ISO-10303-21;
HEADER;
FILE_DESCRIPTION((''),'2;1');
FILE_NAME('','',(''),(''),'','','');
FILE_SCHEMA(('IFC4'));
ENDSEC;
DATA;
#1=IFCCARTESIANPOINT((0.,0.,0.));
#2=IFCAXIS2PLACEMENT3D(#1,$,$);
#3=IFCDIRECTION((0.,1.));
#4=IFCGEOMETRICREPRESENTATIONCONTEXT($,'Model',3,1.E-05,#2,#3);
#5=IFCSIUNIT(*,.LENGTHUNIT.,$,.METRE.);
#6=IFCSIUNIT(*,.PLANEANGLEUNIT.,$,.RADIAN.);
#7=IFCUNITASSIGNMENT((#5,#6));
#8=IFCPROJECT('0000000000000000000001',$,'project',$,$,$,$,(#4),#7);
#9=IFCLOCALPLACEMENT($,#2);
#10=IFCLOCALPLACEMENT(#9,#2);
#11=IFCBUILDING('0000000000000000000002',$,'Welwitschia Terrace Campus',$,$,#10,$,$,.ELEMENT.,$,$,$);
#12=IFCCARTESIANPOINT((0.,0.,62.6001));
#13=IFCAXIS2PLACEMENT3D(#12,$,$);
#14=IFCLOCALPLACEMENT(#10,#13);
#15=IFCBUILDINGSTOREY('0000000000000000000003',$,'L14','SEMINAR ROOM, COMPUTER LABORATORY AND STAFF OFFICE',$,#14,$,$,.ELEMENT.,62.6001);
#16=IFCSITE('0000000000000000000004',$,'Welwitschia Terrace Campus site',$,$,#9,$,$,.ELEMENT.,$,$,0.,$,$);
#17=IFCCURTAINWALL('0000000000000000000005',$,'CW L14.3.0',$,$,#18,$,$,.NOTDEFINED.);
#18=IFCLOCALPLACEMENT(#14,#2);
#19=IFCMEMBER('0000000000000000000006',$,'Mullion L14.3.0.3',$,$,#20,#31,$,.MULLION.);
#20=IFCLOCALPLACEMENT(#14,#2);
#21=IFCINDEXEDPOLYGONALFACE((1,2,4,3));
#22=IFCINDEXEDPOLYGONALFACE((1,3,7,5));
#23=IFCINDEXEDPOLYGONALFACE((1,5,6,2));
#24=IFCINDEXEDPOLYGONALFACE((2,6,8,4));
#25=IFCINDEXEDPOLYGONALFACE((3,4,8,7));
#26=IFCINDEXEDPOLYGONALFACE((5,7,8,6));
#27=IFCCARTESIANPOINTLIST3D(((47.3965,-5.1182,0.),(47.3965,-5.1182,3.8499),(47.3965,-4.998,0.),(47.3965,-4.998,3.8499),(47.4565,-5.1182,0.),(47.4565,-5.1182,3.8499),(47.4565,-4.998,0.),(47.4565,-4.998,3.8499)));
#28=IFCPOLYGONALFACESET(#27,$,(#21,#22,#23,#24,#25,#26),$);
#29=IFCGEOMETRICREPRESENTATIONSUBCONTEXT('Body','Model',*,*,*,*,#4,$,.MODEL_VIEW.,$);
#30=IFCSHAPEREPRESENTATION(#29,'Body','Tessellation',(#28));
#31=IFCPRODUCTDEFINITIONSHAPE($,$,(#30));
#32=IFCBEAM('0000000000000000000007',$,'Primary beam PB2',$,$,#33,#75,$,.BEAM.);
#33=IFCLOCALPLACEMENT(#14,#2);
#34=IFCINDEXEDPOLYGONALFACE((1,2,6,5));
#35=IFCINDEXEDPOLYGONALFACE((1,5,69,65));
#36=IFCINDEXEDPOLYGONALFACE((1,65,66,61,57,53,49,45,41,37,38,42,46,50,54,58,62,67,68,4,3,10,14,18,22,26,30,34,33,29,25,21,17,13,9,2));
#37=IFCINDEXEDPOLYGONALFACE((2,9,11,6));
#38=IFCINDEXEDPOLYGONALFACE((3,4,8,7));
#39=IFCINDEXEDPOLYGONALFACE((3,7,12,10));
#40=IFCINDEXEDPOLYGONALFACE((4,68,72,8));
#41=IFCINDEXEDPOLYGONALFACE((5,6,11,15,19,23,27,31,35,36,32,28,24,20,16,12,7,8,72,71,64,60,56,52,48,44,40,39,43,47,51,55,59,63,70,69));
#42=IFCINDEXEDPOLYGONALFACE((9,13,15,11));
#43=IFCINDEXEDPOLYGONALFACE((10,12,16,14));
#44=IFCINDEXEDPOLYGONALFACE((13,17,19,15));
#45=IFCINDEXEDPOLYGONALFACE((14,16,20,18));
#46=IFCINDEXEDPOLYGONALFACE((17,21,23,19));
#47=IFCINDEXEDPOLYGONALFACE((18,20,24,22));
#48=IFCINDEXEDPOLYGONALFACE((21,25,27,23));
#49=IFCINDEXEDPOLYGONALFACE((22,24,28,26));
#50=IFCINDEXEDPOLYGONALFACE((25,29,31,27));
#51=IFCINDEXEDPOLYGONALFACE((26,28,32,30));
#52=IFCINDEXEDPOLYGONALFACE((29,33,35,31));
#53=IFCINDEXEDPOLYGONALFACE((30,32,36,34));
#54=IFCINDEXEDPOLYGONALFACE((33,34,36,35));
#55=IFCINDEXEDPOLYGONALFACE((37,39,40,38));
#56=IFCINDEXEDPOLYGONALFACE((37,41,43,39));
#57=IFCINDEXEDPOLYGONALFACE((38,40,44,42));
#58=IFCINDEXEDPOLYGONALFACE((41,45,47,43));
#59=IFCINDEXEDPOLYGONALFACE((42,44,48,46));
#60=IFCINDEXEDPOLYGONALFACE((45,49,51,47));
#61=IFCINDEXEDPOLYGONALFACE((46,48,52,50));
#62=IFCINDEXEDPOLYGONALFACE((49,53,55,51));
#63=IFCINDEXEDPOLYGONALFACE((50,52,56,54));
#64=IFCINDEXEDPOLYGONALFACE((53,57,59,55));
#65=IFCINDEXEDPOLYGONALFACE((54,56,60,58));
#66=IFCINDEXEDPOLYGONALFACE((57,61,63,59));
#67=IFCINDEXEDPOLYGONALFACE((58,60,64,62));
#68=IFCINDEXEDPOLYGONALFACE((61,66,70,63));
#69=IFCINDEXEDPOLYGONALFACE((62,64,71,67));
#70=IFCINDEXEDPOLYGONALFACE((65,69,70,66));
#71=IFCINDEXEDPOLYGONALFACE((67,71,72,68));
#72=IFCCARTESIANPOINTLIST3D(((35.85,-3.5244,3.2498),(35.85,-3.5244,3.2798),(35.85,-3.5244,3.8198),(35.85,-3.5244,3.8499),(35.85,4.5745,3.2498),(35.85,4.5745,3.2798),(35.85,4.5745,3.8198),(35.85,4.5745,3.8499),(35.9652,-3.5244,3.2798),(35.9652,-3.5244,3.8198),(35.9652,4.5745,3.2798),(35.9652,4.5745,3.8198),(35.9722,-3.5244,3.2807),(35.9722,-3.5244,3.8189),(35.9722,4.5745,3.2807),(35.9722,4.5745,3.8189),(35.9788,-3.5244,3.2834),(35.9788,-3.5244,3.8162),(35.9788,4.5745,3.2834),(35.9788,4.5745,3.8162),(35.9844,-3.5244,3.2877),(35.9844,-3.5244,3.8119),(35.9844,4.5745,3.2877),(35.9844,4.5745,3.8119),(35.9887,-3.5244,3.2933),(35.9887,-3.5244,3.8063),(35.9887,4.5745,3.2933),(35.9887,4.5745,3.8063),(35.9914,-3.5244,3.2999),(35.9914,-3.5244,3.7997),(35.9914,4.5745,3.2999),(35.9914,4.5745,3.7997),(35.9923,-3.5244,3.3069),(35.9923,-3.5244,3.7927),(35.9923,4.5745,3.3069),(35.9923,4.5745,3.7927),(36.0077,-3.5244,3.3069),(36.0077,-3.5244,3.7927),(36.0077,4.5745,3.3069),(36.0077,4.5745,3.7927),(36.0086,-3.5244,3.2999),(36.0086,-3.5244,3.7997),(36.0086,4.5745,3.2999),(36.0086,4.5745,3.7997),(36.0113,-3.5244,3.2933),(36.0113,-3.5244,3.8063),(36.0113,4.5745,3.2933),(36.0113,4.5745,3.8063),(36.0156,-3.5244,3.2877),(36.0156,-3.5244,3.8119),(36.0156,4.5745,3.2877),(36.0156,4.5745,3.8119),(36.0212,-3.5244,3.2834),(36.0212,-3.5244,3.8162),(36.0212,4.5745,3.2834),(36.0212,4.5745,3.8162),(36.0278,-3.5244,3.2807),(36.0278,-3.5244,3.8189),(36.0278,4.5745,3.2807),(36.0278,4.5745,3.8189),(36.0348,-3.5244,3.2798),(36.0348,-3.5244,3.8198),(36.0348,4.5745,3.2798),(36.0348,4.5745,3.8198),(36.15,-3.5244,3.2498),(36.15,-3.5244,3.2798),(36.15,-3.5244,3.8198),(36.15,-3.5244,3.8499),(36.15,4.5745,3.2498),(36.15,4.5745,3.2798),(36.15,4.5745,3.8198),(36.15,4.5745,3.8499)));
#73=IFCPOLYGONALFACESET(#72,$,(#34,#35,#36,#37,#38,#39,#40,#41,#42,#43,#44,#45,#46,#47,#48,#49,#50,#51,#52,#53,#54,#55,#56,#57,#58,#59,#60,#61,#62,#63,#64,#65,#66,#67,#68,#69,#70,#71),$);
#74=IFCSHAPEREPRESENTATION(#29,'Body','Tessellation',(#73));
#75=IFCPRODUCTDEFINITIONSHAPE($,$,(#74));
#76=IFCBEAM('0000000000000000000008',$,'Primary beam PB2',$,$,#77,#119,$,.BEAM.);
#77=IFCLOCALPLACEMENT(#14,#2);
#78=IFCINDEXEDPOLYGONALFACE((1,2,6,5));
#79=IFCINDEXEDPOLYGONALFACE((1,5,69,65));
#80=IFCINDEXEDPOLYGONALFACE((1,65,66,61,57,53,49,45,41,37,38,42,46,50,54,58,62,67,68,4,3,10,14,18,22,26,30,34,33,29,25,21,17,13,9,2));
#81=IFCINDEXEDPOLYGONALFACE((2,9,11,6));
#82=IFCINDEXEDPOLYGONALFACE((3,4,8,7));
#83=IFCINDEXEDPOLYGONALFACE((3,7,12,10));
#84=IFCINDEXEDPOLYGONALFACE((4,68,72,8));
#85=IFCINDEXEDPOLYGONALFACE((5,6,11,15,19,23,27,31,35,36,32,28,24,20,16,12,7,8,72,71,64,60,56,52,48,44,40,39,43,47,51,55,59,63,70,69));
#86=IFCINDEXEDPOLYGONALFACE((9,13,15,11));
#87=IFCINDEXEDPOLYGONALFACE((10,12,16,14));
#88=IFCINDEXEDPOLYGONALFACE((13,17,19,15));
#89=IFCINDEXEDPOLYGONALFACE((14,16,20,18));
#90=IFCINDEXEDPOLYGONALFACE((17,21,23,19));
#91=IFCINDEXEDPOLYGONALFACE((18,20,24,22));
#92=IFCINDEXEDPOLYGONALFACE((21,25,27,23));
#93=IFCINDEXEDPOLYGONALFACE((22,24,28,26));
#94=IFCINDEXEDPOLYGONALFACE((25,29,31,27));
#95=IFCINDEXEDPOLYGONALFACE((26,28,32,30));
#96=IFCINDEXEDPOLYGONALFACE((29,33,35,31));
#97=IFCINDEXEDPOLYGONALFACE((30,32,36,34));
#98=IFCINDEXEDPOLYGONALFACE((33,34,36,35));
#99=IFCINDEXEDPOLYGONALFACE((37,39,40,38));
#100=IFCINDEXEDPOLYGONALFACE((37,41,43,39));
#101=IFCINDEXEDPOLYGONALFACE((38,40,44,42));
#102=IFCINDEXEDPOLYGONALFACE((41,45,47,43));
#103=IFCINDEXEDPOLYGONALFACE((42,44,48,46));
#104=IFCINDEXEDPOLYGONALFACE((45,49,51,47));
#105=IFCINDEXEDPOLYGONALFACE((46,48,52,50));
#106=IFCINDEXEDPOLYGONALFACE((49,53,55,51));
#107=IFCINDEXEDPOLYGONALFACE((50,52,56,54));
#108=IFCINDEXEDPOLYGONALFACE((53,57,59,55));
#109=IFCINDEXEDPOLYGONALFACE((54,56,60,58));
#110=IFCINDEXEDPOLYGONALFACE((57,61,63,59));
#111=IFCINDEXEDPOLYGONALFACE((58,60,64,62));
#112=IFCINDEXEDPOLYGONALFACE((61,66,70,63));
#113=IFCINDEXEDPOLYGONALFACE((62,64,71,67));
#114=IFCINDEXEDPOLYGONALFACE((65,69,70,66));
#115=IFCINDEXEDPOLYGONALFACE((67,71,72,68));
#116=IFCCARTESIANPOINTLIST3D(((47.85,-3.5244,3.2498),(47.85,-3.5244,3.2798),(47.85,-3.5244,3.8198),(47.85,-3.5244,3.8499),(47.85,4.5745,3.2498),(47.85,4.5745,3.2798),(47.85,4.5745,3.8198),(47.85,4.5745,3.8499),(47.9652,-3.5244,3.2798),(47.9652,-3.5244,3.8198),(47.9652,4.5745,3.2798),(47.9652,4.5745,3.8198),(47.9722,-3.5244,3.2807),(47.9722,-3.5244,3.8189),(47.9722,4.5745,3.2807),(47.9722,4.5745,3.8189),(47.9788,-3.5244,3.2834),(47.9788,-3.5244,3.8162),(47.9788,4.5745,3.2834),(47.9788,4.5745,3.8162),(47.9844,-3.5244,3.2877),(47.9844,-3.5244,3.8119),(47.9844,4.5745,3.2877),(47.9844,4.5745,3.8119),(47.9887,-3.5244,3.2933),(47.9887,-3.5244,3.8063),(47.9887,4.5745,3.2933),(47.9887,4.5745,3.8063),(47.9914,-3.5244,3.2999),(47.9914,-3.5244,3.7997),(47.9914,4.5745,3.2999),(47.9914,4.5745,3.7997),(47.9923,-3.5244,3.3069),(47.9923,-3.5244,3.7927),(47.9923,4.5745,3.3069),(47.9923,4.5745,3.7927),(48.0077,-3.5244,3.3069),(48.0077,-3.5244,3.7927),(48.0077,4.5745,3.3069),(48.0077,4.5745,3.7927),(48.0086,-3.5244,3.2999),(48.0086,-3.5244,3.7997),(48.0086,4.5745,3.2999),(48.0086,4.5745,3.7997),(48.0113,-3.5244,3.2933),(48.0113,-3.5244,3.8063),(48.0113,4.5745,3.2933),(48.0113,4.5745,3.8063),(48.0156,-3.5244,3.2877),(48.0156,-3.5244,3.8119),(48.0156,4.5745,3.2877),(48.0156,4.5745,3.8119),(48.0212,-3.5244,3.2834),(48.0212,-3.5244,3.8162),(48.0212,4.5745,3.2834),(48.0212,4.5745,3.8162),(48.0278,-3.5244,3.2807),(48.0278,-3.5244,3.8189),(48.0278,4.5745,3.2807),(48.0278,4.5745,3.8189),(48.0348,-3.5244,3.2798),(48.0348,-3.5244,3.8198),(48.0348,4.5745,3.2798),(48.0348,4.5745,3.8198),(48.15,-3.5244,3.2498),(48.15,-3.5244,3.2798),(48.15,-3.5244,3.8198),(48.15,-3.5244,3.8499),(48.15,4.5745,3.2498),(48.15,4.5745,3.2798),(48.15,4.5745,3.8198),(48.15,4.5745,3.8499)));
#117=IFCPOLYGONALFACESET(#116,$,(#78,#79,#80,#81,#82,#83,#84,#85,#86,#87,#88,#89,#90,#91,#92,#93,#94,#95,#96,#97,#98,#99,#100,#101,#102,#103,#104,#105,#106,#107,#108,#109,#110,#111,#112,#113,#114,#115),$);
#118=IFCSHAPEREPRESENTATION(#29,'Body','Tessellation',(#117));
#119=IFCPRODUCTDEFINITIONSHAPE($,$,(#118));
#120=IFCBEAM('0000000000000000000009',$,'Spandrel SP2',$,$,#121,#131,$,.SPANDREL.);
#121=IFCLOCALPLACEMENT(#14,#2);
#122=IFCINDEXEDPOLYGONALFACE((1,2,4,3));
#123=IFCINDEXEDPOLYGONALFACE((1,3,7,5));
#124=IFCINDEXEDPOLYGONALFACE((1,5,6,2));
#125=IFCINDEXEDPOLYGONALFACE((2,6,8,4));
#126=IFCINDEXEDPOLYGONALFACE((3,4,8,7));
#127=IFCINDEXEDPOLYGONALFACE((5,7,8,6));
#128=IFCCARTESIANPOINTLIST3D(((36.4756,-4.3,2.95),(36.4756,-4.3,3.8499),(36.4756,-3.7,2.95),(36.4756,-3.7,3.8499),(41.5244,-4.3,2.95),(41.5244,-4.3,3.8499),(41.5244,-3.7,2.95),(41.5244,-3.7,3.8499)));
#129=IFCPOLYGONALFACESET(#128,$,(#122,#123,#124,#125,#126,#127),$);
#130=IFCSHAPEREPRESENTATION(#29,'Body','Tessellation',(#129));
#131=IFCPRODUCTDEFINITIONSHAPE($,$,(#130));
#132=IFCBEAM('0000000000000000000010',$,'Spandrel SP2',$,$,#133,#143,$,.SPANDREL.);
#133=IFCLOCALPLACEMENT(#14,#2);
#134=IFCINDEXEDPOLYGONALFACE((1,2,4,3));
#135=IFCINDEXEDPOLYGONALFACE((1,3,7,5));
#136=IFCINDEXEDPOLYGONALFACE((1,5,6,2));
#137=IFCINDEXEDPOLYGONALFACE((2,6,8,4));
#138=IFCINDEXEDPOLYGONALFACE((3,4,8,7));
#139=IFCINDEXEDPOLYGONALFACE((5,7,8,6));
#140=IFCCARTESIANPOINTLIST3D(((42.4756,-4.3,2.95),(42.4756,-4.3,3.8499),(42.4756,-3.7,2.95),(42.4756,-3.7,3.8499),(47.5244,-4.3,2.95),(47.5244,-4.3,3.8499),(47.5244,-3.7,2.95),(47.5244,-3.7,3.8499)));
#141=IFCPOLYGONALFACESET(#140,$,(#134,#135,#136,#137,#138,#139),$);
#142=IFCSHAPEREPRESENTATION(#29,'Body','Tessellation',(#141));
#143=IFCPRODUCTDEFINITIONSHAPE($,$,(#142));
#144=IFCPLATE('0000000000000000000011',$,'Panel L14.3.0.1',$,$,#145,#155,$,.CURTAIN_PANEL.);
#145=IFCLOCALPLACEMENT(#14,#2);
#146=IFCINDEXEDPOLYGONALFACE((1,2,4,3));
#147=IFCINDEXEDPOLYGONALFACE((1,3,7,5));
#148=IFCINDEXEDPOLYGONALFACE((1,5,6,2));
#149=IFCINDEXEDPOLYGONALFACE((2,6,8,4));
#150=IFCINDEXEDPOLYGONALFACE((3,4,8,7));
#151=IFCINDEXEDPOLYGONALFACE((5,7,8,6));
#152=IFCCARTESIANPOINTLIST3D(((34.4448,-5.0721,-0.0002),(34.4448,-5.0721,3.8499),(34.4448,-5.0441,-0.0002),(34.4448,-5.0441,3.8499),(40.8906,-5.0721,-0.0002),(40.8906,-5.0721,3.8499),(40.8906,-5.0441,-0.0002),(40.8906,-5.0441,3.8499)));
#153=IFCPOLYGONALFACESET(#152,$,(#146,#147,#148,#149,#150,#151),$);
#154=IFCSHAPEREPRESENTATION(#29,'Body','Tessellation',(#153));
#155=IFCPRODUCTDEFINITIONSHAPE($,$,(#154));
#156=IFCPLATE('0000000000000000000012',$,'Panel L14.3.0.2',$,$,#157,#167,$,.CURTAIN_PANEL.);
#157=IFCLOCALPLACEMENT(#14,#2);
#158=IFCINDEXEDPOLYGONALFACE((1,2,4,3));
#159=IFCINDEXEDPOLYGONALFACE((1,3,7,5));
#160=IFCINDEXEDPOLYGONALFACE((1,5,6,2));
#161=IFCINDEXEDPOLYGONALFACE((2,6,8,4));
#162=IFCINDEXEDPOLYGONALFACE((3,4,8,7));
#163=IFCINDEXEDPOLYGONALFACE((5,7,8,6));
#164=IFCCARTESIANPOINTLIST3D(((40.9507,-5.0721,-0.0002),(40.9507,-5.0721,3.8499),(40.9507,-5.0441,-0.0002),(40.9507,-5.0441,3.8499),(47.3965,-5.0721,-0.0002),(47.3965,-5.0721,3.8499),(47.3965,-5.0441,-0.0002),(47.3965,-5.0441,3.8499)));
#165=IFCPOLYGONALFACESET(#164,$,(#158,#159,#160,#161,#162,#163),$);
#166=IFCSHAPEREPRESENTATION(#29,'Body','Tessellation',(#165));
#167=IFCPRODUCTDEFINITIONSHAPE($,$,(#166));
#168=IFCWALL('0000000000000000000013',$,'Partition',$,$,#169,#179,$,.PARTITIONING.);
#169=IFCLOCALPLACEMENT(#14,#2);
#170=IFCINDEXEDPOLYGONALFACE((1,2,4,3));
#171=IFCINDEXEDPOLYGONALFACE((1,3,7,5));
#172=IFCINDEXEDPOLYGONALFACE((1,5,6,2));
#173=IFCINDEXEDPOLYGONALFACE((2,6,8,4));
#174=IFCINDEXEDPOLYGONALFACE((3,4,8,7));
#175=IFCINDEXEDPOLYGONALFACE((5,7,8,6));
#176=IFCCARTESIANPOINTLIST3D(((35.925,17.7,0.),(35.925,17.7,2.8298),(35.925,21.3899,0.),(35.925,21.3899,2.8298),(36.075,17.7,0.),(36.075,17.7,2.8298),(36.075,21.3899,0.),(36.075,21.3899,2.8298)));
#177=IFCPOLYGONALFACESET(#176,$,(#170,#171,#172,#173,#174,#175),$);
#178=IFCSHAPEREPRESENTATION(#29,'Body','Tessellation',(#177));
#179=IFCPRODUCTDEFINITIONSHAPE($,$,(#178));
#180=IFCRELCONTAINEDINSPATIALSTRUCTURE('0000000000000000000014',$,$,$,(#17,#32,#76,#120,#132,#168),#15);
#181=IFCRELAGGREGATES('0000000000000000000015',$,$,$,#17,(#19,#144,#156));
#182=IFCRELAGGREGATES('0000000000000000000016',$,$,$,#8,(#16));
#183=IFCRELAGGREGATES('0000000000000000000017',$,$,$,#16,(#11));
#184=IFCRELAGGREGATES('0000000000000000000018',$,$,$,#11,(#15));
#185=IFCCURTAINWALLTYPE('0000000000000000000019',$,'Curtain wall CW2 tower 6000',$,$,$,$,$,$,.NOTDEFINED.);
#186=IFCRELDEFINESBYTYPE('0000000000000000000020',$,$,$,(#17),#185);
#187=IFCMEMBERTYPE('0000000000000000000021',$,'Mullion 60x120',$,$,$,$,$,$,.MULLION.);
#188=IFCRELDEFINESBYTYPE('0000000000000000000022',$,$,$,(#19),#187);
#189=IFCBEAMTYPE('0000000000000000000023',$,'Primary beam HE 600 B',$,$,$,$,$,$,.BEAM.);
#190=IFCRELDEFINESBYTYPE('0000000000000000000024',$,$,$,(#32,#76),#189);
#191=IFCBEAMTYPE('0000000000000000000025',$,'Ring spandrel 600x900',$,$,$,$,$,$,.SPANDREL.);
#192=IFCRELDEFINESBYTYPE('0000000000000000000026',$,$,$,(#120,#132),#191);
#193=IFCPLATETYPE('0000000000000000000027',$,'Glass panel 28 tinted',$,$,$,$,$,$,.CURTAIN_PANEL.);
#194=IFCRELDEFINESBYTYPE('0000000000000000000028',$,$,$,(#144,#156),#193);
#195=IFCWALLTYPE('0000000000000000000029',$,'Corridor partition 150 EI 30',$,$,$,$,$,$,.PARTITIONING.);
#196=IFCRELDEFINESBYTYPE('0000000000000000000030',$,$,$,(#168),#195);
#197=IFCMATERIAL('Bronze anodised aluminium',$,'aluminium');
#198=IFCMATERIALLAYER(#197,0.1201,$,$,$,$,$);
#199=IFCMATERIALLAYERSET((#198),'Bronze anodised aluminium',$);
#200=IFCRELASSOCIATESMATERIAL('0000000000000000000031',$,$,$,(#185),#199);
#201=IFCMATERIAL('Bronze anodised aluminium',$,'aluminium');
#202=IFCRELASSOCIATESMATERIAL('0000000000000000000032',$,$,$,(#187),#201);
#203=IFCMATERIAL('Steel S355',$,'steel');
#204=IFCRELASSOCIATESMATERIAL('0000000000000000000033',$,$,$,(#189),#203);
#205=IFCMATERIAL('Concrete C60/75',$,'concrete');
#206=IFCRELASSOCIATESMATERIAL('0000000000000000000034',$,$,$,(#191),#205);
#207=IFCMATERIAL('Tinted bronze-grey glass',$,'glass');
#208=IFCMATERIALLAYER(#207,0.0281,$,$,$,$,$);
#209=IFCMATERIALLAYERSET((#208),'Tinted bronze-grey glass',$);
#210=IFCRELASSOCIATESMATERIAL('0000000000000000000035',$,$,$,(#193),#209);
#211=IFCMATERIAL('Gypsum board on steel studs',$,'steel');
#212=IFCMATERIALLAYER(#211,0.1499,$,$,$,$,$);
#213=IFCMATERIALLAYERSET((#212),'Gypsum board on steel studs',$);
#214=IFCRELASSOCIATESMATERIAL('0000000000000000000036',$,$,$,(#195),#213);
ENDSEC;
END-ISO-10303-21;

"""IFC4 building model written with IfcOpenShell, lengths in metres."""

from ifc_helpers import new_model, si_unit, direction, frame, frame_2d, origin, origin_2d, place, context, subcontext, project, spatial, rectangle, i_section, extrude, material, layer, layer_set, material_profile, profile_set, type_object, element, aggregate, save


model = new_model("IFC4")

# Units and contexts
model_context = context("Model", 3, precision=1e-05, world=origin(), true_north=direction((0.0, 1.0)))
body_context = subcontext(model_context, "Body", "Model", "MODEL_VIEW")
ifc_project = project(units=[si_unit("LENGTHUNIT", "METRE"), si_unit("PLANEANGLEUNIT", "RADIAN")], contexts=[model_context])

# Site, building, storey
site_placement = place(None, origin())
site = spatial("IfcSite", under=ifc_project, at=site_placement, Name="Welwitschia Terrace Campus site", CompositionType="ELEMENT", RefElevation=0.0)
building_placement = place(site_placement, origin())
building = spatial("IfcBuilding", under=site, at=building_placement, Name="Welwitschia Terrace Campus", CompositionType="ELEMENT")
storey_placement = place(building_placement, frame((0.0, 0.0, 62.6001)))
storey = spatial("IfcBuildingStorey", under=building, at=storey_placement, Name="L14", Description="SEMINAR ROOM, COMPUTER LABORATORY AND STAFF OFFICE", CompositionType="ELEMENT", Elevation=62.6001)

# Curtain wall, member
ifc_material_1 = material(Name="Bronze anodised aluminium", Category="aluminium")
ifc_layer_1 = layer(ifc_material_1, 0.1201)
ifc_layer_set_1 = layer_set([ifc_layer_1], Name="Bronze anodised aluminium")
curtain_wall_type = type_object("IfcCurtainWallType", Name="Curtain wall CW2 tower 6000", PredefinedType="NOTDEFINED", material=ifc_layer_set_1)
curtain_wall_placement = place(storey_placement, origin())
curtain_wall = element("IfcCurtainWall", 1, at=curtain_wall_placement, inside=storey, type_object=curtain_wall_type, Name="CW L14.3.0", PredefinedType="NOTDEFINED")
ifc_material_2 = material(Name="Bronze anodised aluminium", Category="aluminium")
ifc_material_profile_1 = material_profile(ifc_material_2, rectangle(XDim=0.1201, YDim=0.0601, at=origin_2d()))
ifc_profile_set_1 = profile_set([ifc_material_profile_1], Name="Bronze anodised aluminium")
member_type = type_object("IfcMemberType", Name="Mullion 60x120", PredefinedType="MULLION", material=ifc_profile_set_1)
member_1_placement = place(storey_placement, frame((47.4265, -5.0581, 0.0), z_axis=(0.0, 0.0, 1.0), x_axis=(0.0, 1.0, 0.0)))
member_1 = element("IfcMember", 2, at=member_1_placement, type_object=member_type, Name="Mullion L14.3.0.3", PredefinedType="MULLION", context=body_context, shape_type="SweptSolid", body=[
    extrude(rectangle(XDim=0.1201, YDim=0.0601, at=origin_2d()), origin(), (0.0, 0.0, 1.0), 3.8499),
])

# Beams
ifc_material_3 = material(Name="Steel S355", Category="steel")
ifc_material_profile_2 = material_profile(ifc_material_3, i_section(OverallWidth=0.3, OverallDepth=0.6001, WebThickness=0.0154, FlangeThickness=0.03, FilletRadius=0.0271, at=origin_2d()))
ifc_profile_set_2 = profile_set([ifc_material_profile_2], Name="Steel S355")
beam_type_1 = type_object("IfcBeamType", Name="Primary beam HE 600 B", PredefinedType="BEAM", material=ifc_profile_set_2)
for number, where, z_axis, x_axis, name in (
    (3, (36.0, -3.5244, 3.5498), (0.0, 1.0, 0.0), (-1.0, 0.0, 0.0), "Primary beam PB2"),
    (4, (48.0, -3.5244, 3.5498), (0.0, 1.0, 0.0), (-1.0, 0.0, 0.0), "Primary beam PB2"),
):
    element("IfcBeam", number, at=place(storey_placement, frame(where, z_axis=z_axis, x_axis=x_axis)), inside=storey, type_object=beam_type_1, Name=name, PredefinedType="BEAM", context=body_context, shape_type="SweptSolid", body=[
        extrude(i_section(OverallWidth=0.3, OverallDepth=0.6001, WebThickness=0.0154, FlangeThickness=0.03, FilletRadius=0.0271, at=origin_2d()), origin(), (0.0, 0.0, 1.0), 8.0989),
    ])
ifc_material_4 = material(Name="Concrete C60/75", Category="concrete")
ifc_material_profile_3 = material_profile(ifc_material_4, rectangle(XDim=0.6001, YDim=0.8999, at=origin_2d()))
ifc_profile_set_3 = profile_set([ifc_material_profile_3], Name="Concrete C60/75")
beam_type_2 = type_object("IfcBeamType", Name="Ring spandrel 600x900", PredefinedType="SPANDREL", material=ifc_profile_set_3)
for number, where, z_axis, x_axis, name in (
    (5, (36.4756, -4.0, 3.3999), (1.0, 0.0, 0.0), (0.0, 1.0, 0.0), "Spandrel SP2"),
    (6, (42.4756, -4.0, 3.3999), (1.0, 0.0, 0.0), (0.0, 1.0, 0.0), "Spandrel SP2"),
):
    element("IfcBeam", number, at=place(storey_placement, frame(where, z_axis=z_axis, x_axis=x_axis)), inside=storey, type_object=beam_type_2, Name=name, PredefinedType="SPANDREL", context=body_context, shape_type="SweptSolid", body=[
        extrude(rectangle(XDim=0.6001, YDim=0.8999, at=origin_2d()), origin(), (0.0, 0.0, 1.0), 5.0488),
    ])

# Plates
ifc_material_5 = material(Name="Tinted bronze-grey glass", Category="glass")
ifc_layer_2 = layer(ifc_material_5, 0.0281)
ifc_layer_set_2 = layer_set([ifc_layer_2], Name="Tinted bronze-grey glass")
plate_type = type_object("IfcPlateType", Name="Glass panel 28 tinted", PredefinedType="CURTAIN_PANEL", material=ifc_layer_set_2)
plate_1_placement = place(storey_placement, frame((37.6677, -5.0581, -0.0002), z_axis=(0.0, 0.0, 1.0), x_axis=(1.0, 0.0, 0.0)))
plate_1 = element("IfcPlate", 7, at=plate_1_placement, type_object=plate_type, Name="Panel L14.3.0.1", PredefinedType="CURTAIN_PANEL", context=body_context, shape_type="SweptSolid", body=[
    extrude(rectangle(XDim=6.4458, YDim=0.0281, at=origin_2d()), origin(), (0.0, 0.0, 1.0), 3.8501),
])
plate_2_placement = place(storey_placement, frame((44.1736, -5.0581, -0.0002), z_axis=(0.0, 0.0, 1.0), x_axis=(1.0, 0.0, 0.0)))
plate_2 = element("IfcPlate", 8, at=plate_2_placement, type_object=plate_type, Name="Panel L14.3.0.2", PredefinedType="CURTAIN_PANEL", context=body_context, shape_type="SweptSolid", body=[
    extrude(rectangle(XDim=6.4458, YDim=0.0281, at=origin_2d()), origin(), (0.0, 0.0, 1.0), 3.8501),
])
aggregate(curtain_wall, [member_1, plate_1, plate_2])

# Wall
ifc_material_6 = material(Name="Gypsum board on steel studs", Category="steel")
ifc_layer_3 = layer(ifc_material_6, 0.1499)
ifc_layer_set_3 = layer_set([ifc_layer_3], Name="Gypsum board on steel studs")
wall_type = type_object("IfcWallType", Name="Corridor partition 150 EI 30", PredefinedType="PARTITIONING", material=ifc_layer_set_3)
wall_1_placement = place(storey_placement, frame((36.0, 17.7, 0.0), z_axis=(0.0, 0.0, 1.0), x_axis=(0.0, 1.0, 0.0)))
element("IfcWall", 9, at=wall_1_placement, inside=storey, type_object=wall_type, Name="Partition", PredefinedType="PARTITIONING", context=body_context, shape_type="SweptSolid", body=[
    extrude(rectangle(XDim=3.6899, YDim=0.1499, at=frame_2d((1.845, 0.0))), origin(), (0.0, 0.0, 1.0), 2.8298),
])

save(model, "model.ifc")
